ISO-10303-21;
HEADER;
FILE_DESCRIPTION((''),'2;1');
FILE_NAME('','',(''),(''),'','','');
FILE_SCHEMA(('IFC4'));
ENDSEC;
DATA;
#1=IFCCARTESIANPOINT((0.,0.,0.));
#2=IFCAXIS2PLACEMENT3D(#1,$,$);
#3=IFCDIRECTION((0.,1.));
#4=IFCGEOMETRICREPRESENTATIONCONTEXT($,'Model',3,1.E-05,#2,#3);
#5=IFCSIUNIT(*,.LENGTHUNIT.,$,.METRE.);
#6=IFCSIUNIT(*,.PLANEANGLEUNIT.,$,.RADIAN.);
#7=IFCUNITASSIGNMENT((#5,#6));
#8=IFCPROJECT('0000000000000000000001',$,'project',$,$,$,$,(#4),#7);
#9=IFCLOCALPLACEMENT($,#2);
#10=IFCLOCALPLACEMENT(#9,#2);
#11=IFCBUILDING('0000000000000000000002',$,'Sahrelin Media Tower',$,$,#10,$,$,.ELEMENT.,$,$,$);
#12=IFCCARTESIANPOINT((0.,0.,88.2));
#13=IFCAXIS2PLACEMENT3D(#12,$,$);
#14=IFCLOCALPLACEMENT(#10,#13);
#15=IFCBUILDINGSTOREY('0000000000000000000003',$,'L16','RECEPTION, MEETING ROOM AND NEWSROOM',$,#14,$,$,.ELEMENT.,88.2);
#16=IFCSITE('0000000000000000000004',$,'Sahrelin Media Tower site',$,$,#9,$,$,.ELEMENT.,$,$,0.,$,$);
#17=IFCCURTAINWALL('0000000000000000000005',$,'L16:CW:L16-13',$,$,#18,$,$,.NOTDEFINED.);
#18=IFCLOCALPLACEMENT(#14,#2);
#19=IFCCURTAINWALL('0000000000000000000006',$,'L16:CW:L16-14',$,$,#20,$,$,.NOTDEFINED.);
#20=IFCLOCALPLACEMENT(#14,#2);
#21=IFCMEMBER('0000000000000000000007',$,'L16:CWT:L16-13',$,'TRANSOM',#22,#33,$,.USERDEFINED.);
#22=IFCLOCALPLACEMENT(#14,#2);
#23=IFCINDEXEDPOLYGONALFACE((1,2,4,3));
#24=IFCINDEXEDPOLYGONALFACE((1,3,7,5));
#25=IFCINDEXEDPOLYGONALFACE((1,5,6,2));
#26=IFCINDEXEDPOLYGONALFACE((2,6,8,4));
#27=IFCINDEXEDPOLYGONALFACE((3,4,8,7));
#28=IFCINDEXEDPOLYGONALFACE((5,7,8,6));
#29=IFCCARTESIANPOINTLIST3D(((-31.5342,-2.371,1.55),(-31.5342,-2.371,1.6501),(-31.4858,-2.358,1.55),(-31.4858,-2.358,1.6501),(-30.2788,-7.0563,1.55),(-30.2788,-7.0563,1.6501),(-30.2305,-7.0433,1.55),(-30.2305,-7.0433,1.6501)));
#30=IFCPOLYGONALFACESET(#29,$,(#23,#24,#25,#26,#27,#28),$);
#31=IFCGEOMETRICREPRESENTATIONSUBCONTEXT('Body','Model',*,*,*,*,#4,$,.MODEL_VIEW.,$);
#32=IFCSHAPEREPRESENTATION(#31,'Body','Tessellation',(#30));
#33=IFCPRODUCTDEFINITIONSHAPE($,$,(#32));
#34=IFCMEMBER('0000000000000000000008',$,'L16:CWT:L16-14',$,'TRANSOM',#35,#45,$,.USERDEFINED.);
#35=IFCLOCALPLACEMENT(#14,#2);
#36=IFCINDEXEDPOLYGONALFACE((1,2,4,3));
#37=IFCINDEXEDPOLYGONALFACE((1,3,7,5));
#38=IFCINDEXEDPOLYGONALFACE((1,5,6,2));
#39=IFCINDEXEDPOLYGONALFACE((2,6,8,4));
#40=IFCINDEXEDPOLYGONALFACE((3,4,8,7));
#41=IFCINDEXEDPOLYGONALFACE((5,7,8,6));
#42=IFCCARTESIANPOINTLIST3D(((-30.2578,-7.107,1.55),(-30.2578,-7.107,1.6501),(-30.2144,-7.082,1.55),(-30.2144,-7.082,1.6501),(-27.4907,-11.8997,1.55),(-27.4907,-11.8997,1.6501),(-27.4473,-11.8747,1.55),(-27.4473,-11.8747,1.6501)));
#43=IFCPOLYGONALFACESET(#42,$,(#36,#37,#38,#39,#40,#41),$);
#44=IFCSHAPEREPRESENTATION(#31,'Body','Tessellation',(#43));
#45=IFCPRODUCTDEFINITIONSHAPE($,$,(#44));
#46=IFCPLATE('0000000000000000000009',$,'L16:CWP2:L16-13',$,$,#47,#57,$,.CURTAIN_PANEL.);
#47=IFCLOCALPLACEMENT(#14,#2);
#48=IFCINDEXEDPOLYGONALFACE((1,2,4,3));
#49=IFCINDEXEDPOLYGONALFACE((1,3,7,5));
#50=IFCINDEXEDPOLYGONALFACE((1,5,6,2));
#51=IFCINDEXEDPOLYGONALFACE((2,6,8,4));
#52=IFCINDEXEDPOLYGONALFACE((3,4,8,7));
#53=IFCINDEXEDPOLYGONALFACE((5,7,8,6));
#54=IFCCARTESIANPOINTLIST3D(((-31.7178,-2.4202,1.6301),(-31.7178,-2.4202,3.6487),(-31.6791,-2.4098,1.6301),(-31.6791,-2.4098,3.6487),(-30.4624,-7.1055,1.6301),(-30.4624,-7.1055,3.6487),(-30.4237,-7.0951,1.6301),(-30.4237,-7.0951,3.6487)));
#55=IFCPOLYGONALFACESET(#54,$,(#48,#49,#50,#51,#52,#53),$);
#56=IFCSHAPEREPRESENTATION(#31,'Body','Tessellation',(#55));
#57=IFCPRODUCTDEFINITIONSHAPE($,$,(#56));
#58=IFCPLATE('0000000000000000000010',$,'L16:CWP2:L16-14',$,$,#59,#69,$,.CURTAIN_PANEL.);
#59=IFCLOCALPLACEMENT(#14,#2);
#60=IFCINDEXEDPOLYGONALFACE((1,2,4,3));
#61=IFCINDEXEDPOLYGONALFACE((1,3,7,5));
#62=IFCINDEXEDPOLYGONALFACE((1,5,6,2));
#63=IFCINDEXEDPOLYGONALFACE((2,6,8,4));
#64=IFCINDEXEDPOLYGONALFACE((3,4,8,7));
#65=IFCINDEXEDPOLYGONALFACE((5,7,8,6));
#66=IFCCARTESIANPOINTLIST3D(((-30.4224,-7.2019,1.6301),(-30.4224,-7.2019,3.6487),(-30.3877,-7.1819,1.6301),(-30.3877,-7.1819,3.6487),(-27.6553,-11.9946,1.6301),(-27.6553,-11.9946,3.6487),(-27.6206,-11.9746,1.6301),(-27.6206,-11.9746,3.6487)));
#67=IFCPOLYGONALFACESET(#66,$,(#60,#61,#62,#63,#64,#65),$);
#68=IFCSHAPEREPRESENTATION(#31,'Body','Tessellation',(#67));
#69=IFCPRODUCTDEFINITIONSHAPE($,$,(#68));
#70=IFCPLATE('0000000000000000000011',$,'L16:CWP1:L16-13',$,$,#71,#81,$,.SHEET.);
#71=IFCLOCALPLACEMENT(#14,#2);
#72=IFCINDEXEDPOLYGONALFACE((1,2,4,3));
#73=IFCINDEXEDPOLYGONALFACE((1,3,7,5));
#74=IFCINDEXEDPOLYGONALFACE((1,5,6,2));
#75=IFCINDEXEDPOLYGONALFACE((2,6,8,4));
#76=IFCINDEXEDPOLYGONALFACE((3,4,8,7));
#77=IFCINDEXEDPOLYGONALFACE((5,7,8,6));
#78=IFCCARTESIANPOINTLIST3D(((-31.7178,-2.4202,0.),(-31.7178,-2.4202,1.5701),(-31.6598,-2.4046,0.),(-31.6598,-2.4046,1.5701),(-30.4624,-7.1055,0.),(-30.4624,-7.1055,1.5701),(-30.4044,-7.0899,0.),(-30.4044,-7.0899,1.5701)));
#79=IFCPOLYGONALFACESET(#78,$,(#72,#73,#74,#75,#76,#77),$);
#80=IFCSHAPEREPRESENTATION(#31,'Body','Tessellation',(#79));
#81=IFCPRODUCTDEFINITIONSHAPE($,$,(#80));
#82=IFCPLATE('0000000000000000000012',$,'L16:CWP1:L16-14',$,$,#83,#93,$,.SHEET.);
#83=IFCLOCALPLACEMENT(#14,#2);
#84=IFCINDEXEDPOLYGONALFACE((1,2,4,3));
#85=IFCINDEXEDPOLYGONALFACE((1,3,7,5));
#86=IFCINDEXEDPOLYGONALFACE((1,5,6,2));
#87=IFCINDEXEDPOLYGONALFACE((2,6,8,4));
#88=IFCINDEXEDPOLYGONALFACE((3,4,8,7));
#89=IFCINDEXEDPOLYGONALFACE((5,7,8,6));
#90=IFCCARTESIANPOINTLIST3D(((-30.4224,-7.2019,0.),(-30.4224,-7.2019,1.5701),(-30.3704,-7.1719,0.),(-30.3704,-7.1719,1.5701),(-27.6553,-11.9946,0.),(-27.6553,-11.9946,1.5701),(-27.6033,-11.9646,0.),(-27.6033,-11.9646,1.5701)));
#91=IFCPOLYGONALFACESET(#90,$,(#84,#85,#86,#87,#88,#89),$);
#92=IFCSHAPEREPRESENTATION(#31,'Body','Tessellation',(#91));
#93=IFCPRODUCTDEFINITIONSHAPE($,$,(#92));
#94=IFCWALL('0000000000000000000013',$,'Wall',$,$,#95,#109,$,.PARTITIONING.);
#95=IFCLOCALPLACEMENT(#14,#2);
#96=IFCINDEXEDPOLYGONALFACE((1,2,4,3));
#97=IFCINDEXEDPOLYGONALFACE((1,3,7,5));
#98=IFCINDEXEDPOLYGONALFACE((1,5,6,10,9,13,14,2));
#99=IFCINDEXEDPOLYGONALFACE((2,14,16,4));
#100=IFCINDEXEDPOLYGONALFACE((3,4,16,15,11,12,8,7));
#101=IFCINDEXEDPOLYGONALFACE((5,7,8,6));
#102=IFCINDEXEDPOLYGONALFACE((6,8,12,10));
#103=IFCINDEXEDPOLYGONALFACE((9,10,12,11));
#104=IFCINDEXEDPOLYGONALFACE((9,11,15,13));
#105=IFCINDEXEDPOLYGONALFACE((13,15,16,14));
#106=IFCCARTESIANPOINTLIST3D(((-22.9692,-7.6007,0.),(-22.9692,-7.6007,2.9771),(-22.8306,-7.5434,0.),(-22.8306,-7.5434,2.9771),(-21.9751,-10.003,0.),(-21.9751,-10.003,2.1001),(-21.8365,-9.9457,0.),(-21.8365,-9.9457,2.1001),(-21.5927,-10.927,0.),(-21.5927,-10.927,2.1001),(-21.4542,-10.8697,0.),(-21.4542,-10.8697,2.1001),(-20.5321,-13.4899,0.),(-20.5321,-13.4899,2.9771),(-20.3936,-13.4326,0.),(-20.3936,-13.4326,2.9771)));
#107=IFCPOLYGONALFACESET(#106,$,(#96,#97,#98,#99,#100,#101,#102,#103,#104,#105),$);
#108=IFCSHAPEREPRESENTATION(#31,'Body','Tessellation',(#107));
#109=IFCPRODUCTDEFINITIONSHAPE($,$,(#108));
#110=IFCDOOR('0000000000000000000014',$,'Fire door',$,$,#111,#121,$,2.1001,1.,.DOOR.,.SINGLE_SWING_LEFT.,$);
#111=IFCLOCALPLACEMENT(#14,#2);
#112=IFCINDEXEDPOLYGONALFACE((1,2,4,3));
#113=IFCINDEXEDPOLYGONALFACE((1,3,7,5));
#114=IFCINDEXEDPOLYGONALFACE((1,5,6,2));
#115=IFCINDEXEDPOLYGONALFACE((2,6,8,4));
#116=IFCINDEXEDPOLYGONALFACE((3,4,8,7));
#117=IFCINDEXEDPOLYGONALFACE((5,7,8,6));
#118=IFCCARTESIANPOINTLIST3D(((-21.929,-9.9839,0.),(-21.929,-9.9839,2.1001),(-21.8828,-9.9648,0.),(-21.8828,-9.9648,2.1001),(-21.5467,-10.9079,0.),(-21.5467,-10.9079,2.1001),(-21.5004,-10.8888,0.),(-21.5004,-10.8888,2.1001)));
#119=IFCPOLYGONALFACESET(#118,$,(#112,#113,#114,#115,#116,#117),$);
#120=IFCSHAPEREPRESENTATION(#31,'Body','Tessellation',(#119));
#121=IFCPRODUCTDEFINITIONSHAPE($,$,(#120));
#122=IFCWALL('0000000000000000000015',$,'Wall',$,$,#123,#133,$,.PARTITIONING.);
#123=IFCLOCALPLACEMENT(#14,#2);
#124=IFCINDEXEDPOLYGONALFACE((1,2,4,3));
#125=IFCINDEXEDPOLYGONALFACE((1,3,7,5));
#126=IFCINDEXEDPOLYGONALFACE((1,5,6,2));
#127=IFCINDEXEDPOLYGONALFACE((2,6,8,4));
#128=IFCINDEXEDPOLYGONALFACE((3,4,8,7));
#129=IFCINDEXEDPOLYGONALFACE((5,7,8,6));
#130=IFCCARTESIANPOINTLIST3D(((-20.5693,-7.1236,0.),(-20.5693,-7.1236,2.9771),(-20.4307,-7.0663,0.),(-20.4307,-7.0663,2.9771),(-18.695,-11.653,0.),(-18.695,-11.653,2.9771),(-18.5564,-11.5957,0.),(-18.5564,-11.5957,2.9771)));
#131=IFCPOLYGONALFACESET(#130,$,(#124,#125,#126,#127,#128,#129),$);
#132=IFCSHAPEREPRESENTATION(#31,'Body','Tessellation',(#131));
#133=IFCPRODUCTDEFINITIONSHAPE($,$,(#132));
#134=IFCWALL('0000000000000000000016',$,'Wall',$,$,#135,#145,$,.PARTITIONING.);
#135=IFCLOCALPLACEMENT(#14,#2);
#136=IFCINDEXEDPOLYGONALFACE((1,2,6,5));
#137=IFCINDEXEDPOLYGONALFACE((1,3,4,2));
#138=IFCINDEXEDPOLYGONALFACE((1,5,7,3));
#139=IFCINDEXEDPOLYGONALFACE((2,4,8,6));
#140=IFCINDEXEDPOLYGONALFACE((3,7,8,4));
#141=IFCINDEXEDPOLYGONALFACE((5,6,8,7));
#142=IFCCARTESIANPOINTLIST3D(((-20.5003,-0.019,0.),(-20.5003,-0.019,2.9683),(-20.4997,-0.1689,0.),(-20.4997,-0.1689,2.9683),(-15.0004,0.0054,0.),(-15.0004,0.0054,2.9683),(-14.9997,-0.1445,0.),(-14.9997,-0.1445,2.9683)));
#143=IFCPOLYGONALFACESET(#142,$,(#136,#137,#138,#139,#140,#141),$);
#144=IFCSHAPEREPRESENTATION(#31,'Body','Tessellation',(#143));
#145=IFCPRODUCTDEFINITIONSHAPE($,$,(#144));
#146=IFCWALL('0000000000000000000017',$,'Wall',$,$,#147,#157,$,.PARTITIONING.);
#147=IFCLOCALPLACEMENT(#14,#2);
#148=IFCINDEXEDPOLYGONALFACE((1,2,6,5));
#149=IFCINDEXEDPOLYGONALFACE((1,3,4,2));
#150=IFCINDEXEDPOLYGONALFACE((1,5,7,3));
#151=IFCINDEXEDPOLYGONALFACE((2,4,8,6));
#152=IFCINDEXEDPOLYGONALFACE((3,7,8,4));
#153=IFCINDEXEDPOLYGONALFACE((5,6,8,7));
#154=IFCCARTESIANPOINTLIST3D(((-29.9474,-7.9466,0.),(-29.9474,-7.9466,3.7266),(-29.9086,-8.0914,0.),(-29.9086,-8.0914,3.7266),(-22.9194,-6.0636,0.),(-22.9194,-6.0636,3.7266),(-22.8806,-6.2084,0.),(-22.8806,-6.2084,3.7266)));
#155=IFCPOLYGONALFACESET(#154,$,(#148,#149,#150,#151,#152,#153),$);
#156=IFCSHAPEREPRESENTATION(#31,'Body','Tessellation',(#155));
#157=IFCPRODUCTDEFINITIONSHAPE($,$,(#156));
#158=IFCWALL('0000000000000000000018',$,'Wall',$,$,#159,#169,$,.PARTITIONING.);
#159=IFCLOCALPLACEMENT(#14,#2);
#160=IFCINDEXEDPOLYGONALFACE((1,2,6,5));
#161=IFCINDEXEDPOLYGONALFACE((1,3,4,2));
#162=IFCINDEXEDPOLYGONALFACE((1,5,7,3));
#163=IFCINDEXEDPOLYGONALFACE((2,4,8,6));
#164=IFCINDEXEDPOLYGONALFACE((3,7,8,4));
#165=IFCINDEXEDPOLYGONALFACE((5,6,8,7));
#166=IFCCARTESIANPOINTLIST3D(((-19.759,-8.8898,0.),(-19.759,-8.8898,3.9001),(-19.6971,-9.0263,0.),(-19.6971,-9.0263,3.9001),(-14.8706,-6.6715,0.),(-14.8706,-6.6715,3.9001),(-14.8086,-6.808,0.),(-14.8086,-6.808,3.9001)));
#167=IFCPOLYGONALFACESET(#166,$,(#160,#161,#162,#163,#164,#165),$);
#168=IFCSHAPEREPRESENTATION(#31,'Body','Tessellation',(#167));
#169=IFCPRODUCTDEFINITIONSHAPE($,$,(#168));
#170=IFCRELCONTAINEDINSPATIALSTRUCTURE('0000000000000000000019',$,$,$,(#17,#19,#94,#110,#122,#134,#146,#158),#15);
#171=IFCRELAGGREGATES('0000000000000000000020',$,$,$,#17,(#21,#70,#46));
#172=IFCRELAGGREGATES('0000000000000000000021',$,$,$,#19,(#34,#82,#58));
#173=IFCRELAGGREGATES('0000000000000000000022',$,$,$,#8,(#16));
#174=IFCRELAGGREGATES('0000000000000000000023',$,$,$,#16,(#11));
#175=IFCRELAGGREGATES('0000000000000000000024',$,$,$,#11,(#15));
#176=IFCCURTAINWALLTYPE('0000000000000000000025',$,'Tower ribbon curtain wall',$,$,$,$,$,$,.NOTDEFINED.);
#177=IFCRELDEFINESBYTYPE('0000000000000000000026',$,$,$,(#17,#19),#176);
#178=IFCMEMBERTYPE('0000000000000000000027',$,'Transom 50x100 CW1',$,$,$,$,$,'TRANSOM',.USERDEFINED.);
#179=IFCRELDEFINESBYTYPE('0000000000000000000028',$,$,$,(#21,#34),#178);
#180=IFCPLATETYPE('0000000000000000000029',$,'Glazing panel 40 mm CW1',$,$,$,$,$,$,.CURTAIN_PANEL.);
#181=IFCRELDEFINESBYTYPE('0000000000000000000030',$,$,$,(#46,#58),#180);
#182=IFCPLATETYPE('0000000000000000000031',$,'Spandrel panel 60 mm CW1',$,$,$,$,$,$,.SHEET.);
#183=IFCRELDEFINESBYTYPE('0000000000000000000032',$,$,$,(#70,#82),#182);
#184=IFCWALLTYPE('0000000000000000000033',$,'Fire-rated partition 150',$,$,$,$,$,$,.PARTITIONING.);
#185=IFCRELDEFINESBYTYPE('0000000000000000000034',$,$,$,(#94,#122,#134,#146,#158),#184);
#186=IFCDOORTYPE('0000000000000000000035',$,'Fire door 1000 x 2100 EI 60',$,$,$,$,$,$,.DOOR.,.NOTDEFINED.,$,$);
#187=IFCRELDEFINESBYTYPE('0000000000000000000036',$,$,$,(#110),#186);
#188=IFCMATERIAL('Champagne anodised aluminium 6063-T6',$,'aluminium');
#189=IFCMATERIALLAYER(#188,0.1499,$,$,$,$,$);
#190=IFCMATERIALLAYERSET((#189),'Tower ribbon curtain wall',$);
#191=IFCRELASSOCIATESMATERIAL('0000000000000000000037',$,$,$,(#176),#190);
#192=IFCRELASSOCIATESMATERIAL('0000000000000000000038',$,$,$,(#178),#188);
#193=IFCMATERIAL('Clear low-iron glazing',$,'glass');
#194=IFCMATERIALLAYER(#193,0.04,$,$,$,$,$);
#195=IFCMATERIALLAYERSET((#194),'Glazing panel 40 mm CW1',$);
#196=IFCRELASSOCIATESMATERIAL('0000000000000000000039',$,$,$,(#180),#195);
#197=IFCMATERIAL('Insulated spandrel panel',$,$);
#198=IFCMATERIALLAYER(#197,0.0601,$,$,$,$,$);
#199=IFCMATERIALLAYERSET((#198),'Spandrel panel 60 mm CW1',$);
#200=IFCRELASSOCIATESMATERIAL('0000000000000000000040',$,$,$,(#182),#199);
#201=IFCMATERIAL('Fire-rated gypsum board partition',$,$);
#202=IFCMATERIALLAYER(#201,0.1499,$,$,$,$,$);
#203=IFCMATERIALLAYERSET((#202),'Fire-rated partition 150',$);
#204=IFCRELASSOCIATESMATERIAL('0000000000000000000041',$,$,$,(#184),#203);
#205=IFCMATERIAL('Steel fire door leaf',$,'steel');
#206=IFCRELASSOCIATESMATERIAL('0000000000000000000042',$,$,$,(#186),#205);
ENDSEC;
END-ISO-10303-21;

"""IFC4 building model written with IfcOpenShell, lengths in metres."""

from ifc_helpers import new_model, si_unit, direction, frame, frame_2d, origin, origin_2d, place, context, subcontext, project, spatial, polyline, rectangle, outline, extrude, material, layer, layer_set, material_profile, profile_set, type_object, element, fill, aggregate, save


model = new_model("IFC4")

# Units and contexts
model_context = context("Model", 3, precision=1e-05, world=origin(), true_north=direction((0.0, 1.0)))
body_context = subcontext(model_context, "Body", "Model", "MODEL_VIEW")
ifc_project = project(units=[si_unit("LENGTHUNIT", "METRE"), si_unit("PLANEANGLEUNIT", "RADIAN")], contexts=[model_context])

# Site, building, storey
site_placement = place(None, origin())
site = spatial("IfcSite", under=ifc_project, at=site_placement, Name="Sahrelin Media Tower site", CompositionType="ELEMENT", RefElevation=0.0)
building_placement = place(site_placement, origin())
building = spatial("IfcBuilding", under=site, at=building_placement, Name="Sahrelin Media Tower", CompositionType="ELEMENT")
storey_placement = place(building_placement, frame((0.0, 0.0, 88.2)))
storey = spatial("IfcBuildingStorey", under=building, at=storey_placement, Name="L16", Description="RECEPTION, MEETING ROOM AND NEWSROOM", CompositionType="ELEMENT", Elevation=88.2)

# Curtain walls
ifc_material_1 = material(Name="Champagne anodised aluminium 6063-T6", Category="aluminium")
ifc_layer_1 = layer(ifc_material_1, 0.1499)
ifc_layer_set_1 = layer_set([ifc_layer_1], Name="Tower ribbon curtain wall")
curtain_wall_type = type_object("IfcCurtainWallType", Name="Tower ribbon curtain wall", PredefinedType="NOTDEFINED", material=ifc_layer_set_1)
curtain_wall_1_placement = place(storey_placement, frame((-31.0708, -4.7576, 0.0), z_axis=(0.0, 0.0, 1.0), x_axis=(1.0, 0.0, 0.0)))
curtain_wall_1 = element("IfcCurtainWall", 1, at=curtain_wall_1_placement, inside=storey, type_object=curtain_wall_type, Name="L16:CW:L16-13", PredefinedType="NOTDEFINED")
curtain_wall_2_placement = place(storey_placement, frame((-29.0215, -9.5884, 0.0), z_axis=(0.0, 0.0, 1.0), x_axis=(1.0, 0.0, 0.0)))
curtain_wall_2 = element("IfcCurtainWall", 2, at=curtain_wall_2_placement, inside=storey, type_object=curtain_wall_type, Name="L16:CW:L16-14", PredefinedType="NOTDEFINED")

# Members
ifc_material_profile_1 = material_profile(ifc_material_1, rectangle(XDim=0.05, YDim=0.1001, at=origin_2d()), Name="Transom 50x100")
ifc_profile_set_1 = profile_set([ifc_material_profile_1], Name="Champagne anodised aluminium 6063-T6")
member_type_1 = type_object("IfcMemberType", Name="Transom 50x100 CW1", ElementType="TRANSOM", PredefinedType="USERDEFINED", material=ifc_profile_set_1)
member_1_placement = place(storey_placement, frame((-31.51, -2.3645, 1.6001), z_axis=(0.258809, -0.965929, 0.0), x_axis=(0.965929, 0.258809, 0.0)))
member_1 = element("IfcMember", 3, at=member_1_placement, type_object=member_type_1, Name="L16:CWT:L16-13", ObjectType="TRANSOM", PredefinedType="USERDEFINED", context=body_context, shape_type="SweptSolid", body=[
    extrude(rectangle(XDim=0.05, YDim=0.1001, at=origin_2d()), origin(), (0.0, 0.0, 1.0), 4.8506),
])
member_2_placement = place(storey_placement, frame((-30.2361, -7.0945, 1.6001), z_axis=(0.500001, -0.866025, 0.0), x_axis=(0.866025, 0.500001, 0.0)))
member_2 = element("IfcMember", 4, at=member_2_placement, type_object=member_type_1, Name="L16:CWT:L16-14", ObjectType="TRANSOM", PredefinedType="USERDEFINED", context=body_context, shape_type="SweptSolid", body=[
    extrude(rectangle(XDim=0.05, YDim=0.1001, at=origin_2d()), origin(), (0.0, 0.0, 1.0), 5.5342),
])

# Plates
ifc_material_2 = material(Name="Clear low-iron glazing", Category="glass")
ifc_layer_2 = layer(ifc_material_2, 0.04)
ifc_layer_set_2 = layer_set([ifc_layer_2], Name="Glazing panel 40 mm CW1")
plate_type_1 = type_object("IfcPlateType", Name="Glazing panel 40 mm CW1", PredefinedType="CURTAIN_PANEL", material=ifc_layer_set_2)
plate_1_placement = place(storey_placement, frame((-31.7178, -2.4202, 1.6301), z_axis=(-0.965929, -0.258809, 0.0), x_axis=(0.258809, -0.965929, 0.0)))
plate_1 = element("IfcPlate", 5, at=plate_1_placement, type_object=plate_type_1, Name="L16:CWP2:L16-13", PredefinedType="CURTAIN_PANEL", context=body_context, shape_type="SweptSolid", body=[
    extrude(outline(polyline([(0.0, 0.0), (4.8506, 0.0), (4.8506, 2.0186), (0.0, 2.0186), (0.0, 0.0)])), origin(), (0.0, 0.0, -1.0), 0.04),
])
plate_2_placement = place(storey_placement, frame((-30.4224, -7.2019, 1.6301), z_axis=(-0.866025, -0.500001, 0.0), x_axis=(0.500001, -0.866025, 0.0)))
plate_2 = element("IfcPlate", 6, at=plate_2_placement, type_object=plate_type_1, Name="L16:CWP2:L16-14", PredefinedType="CURTAIN_PANEL", context=body_context, shape_type="SweptSolid", body=[
    extrude(outline(polyline([(0.0, 0.0), (5.5342, 0.0), (5.5342, 2.0186), (0.0, 2.0186), (0.0, 0.0)])), origin(), (0.0, 0.0, -1.0), 0.04),
])
ifc_material_3 = material(Name="Insulated spandrel panel")
ifc_layer_3 = layer(ifc_material_3, 0.0601)
ifc_layer_set_3 = layer_set([ifc_layer_3], Name="Spandrel panel 60 mm CW1")
plate_type_2 = type_object("IfcPlateType", Name="Spandrel panel 60 mm CW1", PredefinedType="SHEET", material=ifc_layer_set_3)
plate_3_placement = place(storey_placement, frame((-31.7178, -2.4202, 0.0), z_axis=(-0.965929, -0.258809, 0.0), x_axis=(0.258809, -0.965929, 0.0)))
plate_3 = element("IfcPlate", 7, at=plate_3_placement, type_object=plate_type_2, Name="L16:CWP1:L16-13", PredefinedType="SHEET", context=body_context, shape_type="SweptSolid", body=[
    extrude(outline(polyline([(0.0, 0.0), (4.8506, 0.0), (4.8506, 1.5701), (0.0, 1.5701), (0.0, 0.0)])), origin(), (0.0, 0.0, -1.0), 0.0601),
])
aggregate(curtain_wall_1, [member_1, plate_3, plate_1])
plate_4_placement = place(storey_placement, frame((-30.4224, -7.2019, 0.0), z_axis=(-0.866025, -0.500001, 0.0), x_axis=(0.500001, -0.866025, 0.0)))
plate_4 = element("IfcPlate", 8, at=plate_4_placement, type_object=plate_type_2, Name="L16:CWP1:L16-14", PredefinedType="SHEET", context=body_context, shape_type="SweptSolid", body=[
    extrude(outline(polyline([(0.0, 0.0), (5.5342, 0.0), (5.5342, 1.5701), (0.0, 1.5701), (0.0, 0.0)])), origin(), (0.0, 0.0, -1.0), 0.0601),
])
aggregate(curtain_wall_2, [member_2, plate_4, plate_2])

# Wall, opening, door
ifc_material_4 = material(Name="Fire-rated gypsum board partition")
ifc_layer_4 = layer(ifc_material_4, 0.1499)
ifc_layer_set_4 = layer_set([ifc_layer_4], Name="Fire-rated partition 150")
wall_type_1 = type_object("IfcWallType", Name="Fire-rated partition 150", PredefinedType="PARTITIONING", material=ifc_layer_set_4)
wall_1_placement = place(storey_placement, frame((-22.8999, -7.572, 0.0), z_axis=(0.0, 0.0, 1.0), x_axis=(0.382368, -0.92401, 0.0)))
wall_1 = element("IfcWall", 9, at=wall_1_placement, inside=storey, type_object=wall_type_1, Name="Wall", PredefinedType="PARTITIONING", context=body_context, shape_type="SweptSolid", body=[
    extrude(rectangle(XDim=6.3735, YDim=0.1499, at=frame_2d((3.1868, 0.0))), origin(), (0.0, 0.0, 1.0), 2.9771),
])
opening_1_placement = place(wall_1_placement, frame((2.5999, 0.0, 0.0)))
opening_1 = element("IfcOpeningElement", 10, at=opening_1_placement, cuts=wall_1, PredefinedType="OPENING", context=body_context, shape_type="SweptSolid", body=[
    extrude(rectangle(XDim=1.0, YDim=2.1001, at=frame_2d((0.5, 1.05))), frame((0.0, 0.075, 0.0), z_axis=(0.0, -1.0, 0.0), x_axis=(1.0, 0.0, 0.0)), (0.0, 0.0, 1.0), 0.1499),
])
ifc_material_5 = material(Name="Steel fire door leaf", Category="steel")
door_type_1 = type_object("IfcDoorType", Name="Fire door 1000 x 2100 EI 60", OperationType="NOTDEFINED", PredefinedType="DOOR", material=ifc_material_5)
door_1_placement = place(opening_1_placement, origin())
door_1 = element("IfcDoor", 11, at=door_1_placement, inside=storey, type_object=door_type_1, Name="Fire door", OperationType="SINGLE_SWING_LEFT", OverallHeight=2.1001, OverallWidth=1.0, PredefinedType="DOOR", context=body_context, shape_type="SweptSolid", body=[
    extrude(rectangle(XDim=1.0, YDim=2.1001, at=frame_2d((0.5, 1.05))), frame((0.0, 0.0249, 0.0), z_axis=(0.0, -1.0, 0.0), x_axis=(1.0, 0.0, 0.0)), (0.0, 0.0, 1.0), 0.05),
])
fill(opening_1, door_1)

# Walls
wall_2_placement = place(storey_placement, frame((-20.5, -7.095, 0.0), z_axis=(0.0, 0.0, 1.0), x_axis=(0.382365, -0.924011, 0.0)))
element("IfcWall", 12, at=wall_2_placement, inside=storey, type_object=wall_type_1, Name="Wall", PredefinedType="PARTITIONING", context=body_context, shape_type="SweptSolid", body=[
    extrude(rectangle(XDim=4.9019, YDim=0.1499, at=frame_2d((2.4509, 0.0))), origin(), (0.0, 0.0, 1.0), 2.9771),
])
wall_3_placement = place(storey_placement, frame((-20.5, -0.094, 0.0), z_axis=(0.0, 0.0, 1.0), x_axis=(0.99999, 0.004439, 0.0)))
element("IfcWall", 13, at=wall_3_placement, inside=storey, type_object=wall_type_1, Name="Wall", PredefinedType="PARTITIONING", context=body_context, shape_type="SweptSolid", body=[
    extrude(rectangle(XDim=5.5, YDim=0.1499, at=frame_2d((2.75, 0.0))), origin(), (0.0, 0.0, 1.0), 2.9683),
])
wall_4_placement = place(storey_placement, frame((-29.928, -8.019, 0.0), z_axis=(0.0, 0.0, 1.0), x_axis=(0.96593, 0.258805, 0.0)))
element("IfcWall", 14, at=wall_4_placement, inside=storey, type_object=wall_type_1, Name="Wall", PredefinedType="PARTITIONING", context=body_context, shape_type="SweptSolid", body=[
    extrude(rectangle(XDim=7.2759, YDim=0.1499, at=frame_2d((3.6379, 0.0))), origin(), (0.0, 0.0, 1.0), 3.7266),
])
wall_5_placement = place(storey_placement, frame((-19.728, -8.958, 0.0), z_axis=(0.0, 0.0, 1.0), x_axis=(0.91063, 0.413224, 0.0)))
element("IfcWall", 15, at=wall_5_placement, inside=storey, type_object=wall_type_1, Name="Wall", PredefinedType="PARTITIONING", context=body_context, shape_type="SweptSolid", body=[
    extrude(rectangle(XDim=5.3682, YDim=0.1499, at=frame_2d((2.6841, 0.0))), origin(), (0.0, 0.0, 1.0), 3.9001),
])

save(model, "model.ifc")
